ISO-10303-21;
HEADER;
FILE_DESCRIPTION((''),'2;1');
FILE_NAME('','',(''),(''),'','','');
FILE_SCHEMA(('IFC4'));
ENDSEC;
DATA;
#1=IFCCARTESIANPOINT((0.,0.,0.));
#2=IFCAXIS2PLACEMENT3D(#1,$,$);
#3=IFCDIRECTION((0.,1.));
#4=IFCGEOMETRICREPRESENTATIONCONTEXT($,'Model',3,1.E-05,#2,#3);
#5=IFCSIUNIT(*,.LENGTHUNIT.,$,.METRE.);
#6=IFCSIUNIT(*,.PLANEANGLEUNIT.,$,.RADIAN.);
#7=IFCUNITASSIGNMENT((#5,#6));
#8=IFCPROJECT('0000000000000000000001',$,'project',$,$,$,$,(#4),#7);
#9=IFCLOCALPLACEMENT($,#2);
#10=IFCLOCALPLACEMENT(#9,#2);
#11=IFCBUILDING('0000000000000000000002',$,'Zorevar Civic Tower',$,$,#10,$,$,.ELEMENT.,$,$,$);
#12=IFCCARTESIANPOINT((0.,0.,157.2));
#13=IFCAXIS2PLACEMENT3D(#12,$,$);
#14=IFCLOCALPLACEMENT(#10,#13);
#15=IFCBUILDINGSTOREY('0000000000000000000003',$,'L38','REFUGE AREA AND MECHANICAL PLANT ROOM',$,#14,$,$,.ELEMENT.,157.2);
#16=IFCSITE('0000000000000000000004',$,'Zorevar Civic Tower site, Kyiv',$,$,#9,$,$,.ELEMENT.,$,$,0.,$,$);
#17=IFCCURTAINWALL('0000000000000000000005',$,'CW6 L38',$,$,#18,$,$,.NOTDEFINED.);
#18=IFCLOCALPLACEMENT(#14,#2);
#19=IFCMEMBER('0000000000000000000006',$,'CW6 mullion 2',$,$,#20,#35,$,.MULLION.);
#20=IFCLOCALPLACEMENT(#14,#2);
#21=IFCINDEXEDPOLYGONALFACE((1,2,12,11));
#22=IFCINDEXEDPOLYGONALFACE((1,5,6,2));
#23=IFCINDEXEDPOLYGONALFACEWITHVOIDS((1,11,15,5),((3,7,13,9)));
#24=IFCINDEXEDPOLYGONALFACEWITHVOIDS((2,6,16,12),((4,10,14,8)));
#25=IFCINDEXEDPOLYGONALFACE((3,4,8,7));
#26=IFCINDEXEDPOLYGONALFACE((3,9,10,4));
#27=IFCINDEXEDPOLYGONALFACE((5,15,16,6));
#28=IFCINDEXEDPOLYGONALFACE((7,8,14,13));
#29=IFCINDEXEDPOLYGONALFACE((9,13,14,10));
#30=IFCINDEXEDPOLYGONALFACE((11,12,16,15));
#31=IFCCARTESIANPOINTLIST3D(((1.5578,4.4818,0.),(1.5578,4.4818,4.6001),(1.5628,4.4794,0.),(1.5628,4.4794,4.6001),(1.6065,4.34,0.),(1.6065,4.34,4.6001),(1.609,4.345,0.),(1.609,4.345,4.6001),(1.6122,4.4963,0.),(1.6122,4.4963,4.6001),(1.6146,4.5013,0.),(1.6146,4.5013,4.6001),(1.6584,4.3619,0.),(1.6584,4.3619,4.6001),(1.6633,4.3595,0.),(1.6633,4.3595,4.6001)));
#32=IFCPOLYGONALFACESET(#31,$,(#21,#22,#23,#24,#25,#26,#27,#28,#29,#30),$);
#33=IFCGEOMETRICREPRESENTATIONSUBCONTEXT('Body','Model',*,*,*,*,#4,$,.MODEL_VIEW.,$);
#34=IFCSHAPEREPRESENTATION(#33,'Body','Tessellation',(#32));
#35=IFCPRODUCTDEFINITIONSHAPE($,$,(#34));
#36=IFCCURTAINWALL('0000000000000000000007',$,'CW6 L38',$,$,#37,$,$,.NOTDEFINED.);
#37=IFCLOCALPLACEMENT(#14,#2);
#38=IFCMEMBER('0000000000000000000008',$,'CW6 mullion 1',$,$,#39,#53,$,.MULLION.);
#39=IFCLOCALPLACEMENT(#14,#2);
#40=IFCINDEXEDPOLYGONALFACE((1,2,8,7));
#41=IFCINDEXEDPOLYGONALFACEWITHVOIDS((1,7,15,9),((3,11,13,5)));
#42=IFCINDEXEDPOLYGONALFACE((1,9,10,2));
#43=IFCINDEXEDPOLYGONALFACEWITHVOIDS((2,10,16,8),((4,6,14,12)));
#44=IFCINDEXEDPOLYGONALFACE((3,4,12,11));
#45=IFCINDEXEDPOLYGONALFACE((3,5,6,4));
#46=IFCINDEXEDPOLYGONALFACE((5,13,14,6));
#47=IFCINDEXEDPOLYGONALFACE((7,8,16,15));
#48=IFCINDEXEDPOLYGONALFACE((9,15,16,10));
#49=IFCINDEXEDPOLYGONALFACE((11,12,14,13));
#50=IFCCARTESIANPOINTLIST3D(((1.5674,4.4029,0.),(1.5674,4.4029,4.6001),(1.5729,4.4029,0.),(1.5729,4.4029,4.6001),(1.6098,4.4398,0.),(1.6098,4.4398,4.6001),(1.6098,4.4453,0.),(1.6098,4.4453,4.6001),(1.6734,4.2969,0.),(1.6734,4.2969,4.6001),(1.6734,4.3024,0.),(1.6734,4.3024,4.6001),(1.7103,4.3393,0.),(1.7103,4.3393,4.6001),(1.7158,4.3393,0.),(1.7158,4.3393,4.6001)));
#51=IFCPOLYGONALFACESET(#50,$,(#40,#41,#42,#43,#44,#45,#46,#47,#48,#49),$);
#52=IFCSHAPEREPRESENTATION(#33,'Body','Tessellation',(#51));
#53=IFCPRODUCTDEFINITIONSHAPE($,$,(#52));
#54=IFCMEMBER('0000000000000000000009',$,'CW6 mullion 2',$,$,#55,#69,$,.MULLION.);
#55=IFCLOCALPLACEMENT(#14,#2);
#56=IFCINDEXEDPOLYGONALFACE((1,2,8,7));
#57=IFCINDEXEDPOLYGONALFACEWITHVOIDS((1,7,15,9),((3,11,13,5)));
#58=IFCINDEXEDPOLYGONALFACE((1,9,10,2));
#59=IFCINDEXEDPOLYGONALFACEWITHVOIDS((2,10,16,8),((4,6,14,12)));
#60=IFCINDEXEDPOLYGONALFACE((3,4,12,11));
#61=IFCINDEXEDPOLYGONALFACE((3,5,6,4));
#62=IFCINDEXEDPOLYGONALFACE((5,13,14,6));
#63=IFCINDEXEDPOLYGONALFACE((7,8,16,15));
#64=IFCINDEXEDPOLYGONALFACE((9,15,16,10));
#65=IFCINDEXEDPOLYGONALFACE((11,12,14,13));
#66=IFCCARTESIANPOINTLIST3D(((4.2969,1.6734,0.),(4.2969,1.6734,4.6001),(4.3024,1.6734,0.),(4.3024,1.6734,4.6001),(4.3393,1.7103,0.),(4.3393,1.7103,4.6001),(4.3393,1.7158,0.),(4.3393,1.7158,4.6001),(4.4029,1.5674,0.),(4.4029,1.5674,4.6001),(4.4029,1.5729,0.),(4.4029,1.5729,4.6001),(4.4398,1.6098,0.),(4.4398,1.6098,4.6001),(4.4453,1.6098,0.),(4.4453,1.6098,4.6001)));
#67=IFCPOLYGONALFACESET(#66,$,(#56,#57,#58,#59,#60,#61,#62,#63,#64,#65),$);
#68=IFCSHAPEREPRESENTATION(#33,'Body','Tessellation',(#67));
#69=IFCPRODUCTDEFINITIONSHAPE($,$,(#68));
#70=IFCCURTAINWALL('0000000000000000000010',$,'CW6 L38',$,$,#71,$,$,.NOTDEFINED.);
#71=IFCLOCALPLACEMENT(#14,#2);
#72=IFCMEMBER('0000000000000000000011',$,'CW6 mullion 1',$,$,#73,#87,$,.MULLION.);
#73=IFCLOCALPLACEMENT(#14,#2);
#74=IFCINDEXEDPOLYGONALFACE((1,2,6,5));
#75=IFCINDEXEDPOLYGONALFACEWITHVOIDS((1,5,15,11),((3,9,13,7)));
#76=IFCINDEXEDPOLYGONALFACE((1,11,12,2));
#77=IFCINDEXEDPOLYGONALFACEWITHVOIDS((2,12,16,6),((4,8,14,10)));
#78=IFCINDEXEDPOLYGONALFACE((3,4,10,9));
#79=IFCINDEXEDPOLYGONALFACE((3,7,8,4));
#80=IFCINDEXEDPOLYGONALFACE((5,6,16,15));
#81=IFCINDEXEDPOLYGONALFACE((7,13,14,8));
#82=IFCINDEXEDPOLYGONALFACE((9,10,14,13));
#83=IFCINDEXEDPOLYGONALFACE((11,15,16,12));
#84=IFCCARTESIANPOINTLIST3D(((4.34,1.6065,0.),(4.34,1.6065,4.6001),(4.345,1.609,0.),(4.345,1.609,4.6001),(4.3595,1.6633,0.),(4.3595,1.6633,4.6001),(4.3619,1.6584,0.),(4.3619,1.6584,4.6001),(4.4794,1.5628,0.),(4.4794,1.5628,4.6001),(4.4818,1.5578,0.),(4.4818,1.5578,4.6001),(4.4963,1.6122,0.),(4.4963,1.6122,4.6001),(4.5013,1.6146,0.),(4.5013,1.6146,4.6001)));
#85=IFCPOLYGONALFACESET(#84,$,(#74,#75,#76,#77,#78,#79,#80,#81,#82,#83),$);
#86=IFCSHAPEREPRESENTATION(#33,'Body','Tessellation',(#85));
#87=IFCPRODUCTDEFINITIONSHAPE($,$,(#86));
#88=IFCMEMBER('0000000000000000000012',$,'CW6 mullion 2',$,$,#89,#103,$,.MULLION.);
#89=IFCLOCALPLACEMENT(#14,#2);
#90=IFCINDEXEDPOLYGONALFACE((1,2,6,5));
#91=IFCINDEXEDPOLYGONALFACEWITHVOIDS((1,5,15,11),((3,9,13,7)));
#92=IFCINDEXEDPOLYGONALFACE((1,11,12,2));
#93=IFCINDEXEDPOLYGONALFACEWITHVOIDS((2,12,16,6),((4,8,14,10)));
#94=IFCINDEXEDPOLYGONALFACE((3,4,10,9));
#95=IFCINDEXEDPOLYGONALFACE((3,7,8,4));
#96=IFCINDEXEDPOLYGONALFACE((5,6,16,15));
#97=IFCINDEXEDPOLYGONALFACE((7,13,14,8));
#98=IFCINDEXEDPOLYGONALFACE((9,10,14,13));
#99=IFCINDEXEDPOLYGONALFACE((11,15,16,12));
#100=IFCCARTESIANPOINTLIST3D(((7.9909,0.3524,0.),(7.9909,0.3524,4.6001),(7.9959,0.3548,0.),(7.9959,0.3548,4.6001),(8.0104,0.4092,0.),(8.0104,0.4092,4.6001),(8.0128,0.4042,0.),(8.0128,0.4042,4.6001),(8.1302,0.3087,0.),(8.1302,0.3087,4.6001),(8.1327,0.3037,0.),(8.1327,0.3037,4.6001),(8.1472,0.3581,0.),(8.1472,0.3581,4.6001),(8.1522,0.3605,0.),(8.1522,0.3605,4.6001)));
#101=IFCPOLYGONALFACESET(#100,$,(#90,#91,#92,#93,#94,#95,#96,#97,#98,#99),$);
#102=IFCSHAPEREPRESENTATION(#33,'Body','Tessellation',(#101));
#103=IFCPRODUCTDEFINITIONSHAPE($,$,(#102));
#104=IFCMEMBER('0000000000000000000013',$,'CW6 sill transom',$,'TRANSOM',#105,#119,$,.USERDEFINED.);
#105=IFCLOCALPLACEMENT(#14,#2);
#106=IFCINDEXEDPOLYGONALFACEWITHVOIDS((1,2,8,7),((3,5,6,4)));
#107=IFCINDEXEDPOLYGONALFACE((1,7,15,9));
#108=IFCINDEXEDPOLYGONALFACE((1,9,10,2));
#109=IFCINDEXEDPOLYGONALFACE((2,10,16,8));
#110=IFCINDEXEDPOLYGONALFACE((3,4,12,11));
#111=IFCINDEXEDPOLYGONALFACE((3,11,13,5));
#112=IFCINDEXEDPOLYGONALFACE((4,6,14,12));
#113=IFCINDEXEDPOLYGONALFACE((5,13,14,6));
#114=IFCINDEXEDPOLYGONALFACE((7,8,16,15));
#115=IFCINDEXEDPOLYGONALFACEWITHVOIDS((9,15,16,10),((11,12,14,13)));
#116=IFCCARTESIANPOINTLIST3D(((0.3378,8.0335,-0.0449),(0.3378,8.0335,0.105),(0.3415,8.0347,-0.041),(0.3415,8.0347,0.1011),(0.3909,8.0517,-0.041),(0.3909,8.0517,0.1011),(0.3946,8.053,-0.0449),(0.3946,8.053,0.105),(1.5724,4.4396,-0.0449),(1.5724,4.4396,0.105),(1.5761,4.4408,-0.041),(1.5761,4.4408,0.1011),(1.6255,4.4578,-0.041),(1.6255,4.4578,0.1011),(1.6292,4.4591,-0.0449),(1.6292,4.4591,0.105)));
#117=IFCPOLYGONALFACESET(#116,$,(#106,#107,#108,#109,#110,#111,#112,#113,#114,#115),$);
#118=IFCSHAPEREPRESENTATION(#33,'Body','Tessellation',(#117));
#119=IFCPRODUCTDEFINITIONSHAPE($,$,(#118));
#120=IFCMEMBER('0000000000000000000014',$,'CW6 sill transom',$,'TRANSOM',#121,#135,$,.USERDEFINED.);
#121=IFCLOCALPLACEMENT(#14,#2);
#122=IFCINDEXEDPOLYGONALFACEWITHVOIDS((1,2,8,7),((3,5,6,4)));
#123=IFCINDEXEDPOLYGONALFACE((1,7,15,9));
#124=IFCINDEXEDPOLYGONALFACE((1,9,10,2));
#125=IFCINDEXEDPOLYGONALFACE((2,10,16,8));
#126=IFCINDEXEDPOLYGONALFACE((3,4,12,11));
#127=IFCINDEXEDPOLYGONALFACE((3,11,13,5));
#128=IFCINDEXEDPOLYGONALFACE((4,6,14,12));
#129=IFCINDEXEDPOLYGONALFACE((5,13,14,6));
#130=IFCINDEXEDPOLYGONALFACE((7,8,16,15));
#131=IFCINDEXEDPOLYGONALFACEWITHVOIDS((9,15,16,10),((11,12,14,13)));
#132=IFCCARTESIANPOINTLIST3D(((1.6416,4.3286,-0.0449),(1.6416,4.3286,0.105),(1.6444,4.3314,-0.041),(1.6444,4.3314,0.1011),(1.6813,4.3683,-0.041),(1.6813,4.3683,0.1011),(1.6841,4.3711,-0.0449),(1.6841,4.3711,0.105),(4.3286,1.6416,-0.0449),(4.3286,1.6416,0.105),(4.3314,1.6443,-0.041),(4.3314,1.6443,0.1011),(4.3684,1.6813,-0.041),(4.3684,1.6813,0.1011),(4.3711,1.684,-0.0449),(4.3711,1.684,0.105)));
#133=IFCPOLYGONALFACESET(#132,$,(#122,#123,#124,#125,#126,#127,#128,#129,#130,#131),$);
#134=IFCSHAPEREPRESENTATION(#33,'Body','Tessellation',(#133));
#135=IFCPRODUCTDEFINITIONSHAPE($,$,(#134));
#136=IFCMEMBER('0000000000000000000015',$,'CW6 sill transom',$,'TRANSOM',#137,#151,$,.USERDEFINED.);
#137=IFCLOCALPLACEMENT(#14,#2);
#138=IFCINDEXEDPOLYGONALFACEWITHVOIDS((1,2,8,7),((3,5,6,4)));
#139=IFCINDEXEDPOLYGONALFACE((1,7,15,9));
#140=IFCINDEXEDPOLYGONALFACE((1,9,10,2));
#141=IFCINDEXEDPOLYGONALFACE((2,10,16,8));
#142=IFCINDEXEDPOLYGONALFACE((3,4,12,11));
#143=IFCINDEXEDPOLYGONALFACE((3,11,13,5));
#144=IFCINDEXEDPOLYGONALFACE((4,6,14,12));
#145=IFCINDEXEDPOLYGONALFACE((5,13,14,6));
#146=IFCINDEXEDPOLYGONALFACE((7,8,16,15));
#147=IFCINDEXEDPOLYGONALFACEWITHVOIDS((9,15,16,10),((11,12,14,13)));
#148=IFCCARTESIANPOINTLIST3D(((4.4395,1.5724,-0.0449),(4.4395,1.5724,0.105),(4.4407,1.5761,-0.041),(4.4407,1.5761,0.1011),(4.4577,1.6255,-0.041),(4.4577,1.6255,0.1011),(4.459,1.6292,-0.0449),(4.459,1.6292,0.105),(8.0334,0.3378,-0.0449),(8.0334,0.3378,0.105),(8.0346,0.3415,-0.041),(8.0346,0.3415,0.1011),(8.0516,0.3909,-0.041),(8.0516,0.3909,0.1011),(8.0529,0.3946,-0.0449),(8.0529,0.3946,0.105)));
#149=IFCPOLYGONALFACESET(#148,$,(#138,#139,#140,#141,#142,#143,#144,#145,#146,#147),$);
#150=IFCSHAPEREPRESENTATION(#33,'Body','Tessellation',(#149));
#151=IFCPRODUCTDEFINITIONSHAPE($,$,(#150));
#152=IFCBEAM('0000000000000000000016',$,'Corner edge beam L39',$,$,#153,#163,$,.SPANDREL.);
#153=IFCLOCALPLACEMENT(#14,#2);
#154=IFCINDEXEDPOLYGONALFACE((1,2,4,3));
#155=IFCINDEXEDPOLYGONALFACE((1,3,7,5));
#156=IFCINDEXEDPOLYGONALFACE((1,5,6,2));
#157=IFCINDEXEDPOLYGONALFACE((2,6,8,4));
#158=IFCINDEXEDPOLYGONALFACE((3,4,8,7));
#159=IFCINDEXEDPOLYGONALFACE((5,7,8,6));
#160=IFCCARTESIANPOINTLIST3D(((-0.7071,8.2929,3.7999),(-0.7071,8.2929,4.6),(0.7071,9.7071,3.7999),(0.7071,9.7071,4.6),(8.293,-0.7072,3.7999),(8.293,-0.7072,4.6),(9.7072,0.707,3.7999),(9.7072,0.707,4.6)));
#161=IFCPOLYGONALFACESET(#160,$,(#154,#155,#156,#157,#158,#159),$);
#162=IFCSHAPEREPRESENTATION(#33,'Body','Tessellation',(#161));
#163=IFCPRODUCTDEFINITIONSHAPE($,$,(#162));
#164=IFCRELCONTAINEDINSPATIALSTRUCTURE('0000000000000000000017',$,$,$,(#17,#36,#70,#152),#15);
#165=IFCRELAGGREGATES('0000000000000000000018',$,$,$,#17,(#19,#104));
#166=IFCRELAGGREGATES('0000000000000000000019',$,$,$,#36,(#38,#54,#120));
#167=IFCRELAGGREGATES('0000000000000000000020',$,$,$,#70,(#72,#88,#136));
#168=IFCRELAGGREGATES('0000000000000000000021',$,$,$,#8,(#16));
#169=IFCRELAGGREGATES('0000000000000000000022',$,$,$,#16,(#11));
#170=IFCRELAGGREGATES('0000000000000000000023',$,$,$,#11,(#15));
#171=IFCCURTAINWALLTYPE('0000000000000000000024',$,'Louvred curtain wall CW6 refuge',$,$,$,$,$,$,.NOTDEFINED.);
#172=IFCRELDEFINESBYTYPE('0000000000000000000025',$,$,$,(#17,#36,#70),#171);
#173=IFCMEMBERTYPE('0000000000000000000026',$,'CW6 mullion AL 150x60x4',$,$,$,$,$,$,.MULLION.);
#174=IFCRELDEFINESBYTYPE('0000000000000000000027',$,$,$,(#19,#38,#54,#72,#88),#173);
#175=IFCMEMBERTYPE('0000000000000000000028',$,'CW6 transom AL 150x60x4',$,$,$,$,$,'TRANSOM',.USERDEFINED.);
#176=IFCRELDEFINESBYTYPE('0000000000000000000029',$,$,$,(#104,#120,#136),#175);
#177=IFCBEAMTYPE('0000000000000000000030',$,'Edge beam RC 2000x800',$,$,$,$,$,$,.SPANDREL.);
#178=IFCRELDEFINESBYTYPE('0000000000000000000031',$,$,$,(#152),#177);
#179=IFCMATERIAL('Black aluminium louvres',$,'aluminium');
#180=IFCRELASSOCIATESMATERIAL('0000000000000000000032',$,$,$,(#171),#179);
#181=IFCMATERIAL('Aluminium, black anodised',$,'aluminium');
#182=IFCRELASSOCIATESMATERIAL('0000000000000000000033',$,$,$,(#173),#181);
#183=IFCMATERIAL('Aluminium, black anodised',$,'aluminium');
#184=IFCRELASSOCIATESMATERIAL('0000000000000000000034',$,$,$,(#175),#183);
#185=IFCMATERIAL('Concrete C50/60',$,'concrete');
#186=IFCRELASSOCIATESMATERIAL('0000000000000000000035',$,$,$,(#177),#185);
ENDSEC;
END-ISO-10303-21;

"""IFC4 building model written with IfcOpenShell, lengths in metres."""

from ifc_helpers import new_model, si_unit, direction, frame, origin, origin_2d, place, context, subcontext, project, spatial, rectangle, hollow_rectangle, extrude, material, material_profile, profile_set, type_object, element, aggregate, save


model = new_model("IFC4")

# Units and contexts
model_context = context("Model", 3, precision=1e-05, world=origin(), true_north=direction((0.0, 1.0)))
body_context = subcontext(model_context, "Body", "Model", "MODEL_VIEW")
ifc_project = project(units=[si_unit("LENGTHUNIT", "METRE"), si_unit("PLANEANGLEUNIT", "RADIAN")], contexts=[model_context])

# Site, building, storey
site_placement = place(None, origin())
site = spatial("IfcSite", under=ifc_project, at=site_placement, Name="Zorevar Civic Tower site, Kyiv", CompositionType="ELEMENT", RefElevation=0.0)
building_placement = place(site_placement, origin())
building = spatial("IfcBuilding", under=site, at=building_placement, Name="Zorevar Civic Tower", CompositionType="ELEMENT")
storey_placement = place(building_placement, frame((0.0, 0.0, 157.2)))
storey = spatial("IfcBuildingStorey", under=building, at=storey_placement, Name="L38", Description="REFUGE AREA AND MECHANICAL PLANT ROOM", CompositionType="ELEMENT", Elevation=157.2)

# Curtain walls, members
ifc_material_1 = material(Name="Black aluminium louvres", Category="aluminium")
curtain_wall_type = type_object("IfcCurtainWallType", Name="Louvred curtain wall CW6 refuge", PredefinedType="NOTDEFINED", material=ifc_material_1)
curtain_wall_1_placement = place(storey_placement, origin())
curtain_wall_1 = element("IfcCurtainWall", 1, at=curtain_wall_1_placement, inside=storey, type_object=curtain_wall_type, Name="CW6 L38", PredefinedType="NOTDEFINED")
ifc_material_2 = material(Name="Aluminium, black anodised", Category="aluminium")
ifc_material_profile_1 = material_profile(ifc_material_2, hollow_rectangle(XDim=0.0601, YDim=0.1499, WallThickness=0.0039, at=origin_2d()), Name="AL 150x60x4")
ifc_profile_set_1 = profile_set([ifc_material_profile_1], Name="Aluminium, black anodised")
member_type_1 = type_object("IfcMemberType", Name="CW6 mullion AL 150x60x4", PredefinedType="MULLION", material=ifc_profile_set_1)
member_1_placement = place(storey_placement, frame((1.6106, 4.4207, 0.0), z_axis=(0.0, 0.0, 1.0), x_axis=(0.945756, 0.324878, 0.0)))
member_1 = element("IfcMember", 2, at=member_1_placement, type_object=member_type_1, Name="CW6 mullion 2", PredefinedType="MULLION", context=body_context, shape_type="SweptSolid", body=[
    extrude(hollow_rectangle(XDim=0.0601, YDim=0.1499, WallThickness=0.0039, at=origin_2d()), origin(), (0.0, 0.0, 1.0), 4.6001),
])
curtain_wall_2_placement = place(storey_placement, origin())
curtain_wall_2 = element("IfcCurtainWall", 3, at=curtain_wall_2_placement, inside=storey, type_object=curtain_wall_type, Name="CW6 L38", PredefinedType="NOTDEFINED")
member_2_placement = place(storey_placement, frame((1.6416, 4.3711, 0.0), z_axis=(0.0, 0.0, 1.0), x_axis=(0.707107, 0.707107, 0.0)))
member_2 = element("IfcMember", 4, at=member_2_placement, type_object=member_type_1, Name="CW6 mullion 1", PredefinedType="MULLION", context=body_context, shape_type="SweptSolid", body=[
    extrude(hollow_rectangle(XDim=0.0601, YDim=0.1499, WallThickness=0.0039, at=origin_2d()), origin(), (0.0, 0.0, 1.0), 4.6001),
])
member_3_placement = place(storey_placement, frame((4.3711, 1.6416, 0.0), z_axis=(0.0, 0.0, 1.0), x_axis=(0.707107, 0.707107, 0.0)))
member_3 = element("IfcMember", 5, at=member_3_placement, type_object=member_type_1, Name="CW6 mullion 2", PredefinedType="MULLION", context=body_context, shape_type="SweptSolid", body=[
    extrude(hollow_rectangle(XDim=0.0601, YDim=0.1499, WallThickness=0.0039, at=origin_2d()), origin(), (0.0, 0.0, 1.0), 4.6001),
])
curtain_wall_3_placement = place(storey_placement, origin())
curtain_wall_3 = element("IfcCurtainWall", 6, at=curtain_wall_3_placement, inside=storey, type_object=curtain_wall_type, Name="CW6 L38", PredefinedType="NOTDEFINED")
member_4_placement = place(storey_placement, frame((4.4207, 1.6106, 0.0), z_axis=(0.0, 0.0, 1.0), x_axis=(0.324878, 0.945756, 0.0)))
member_4 = element("IfcMember", 7, at=member_4_placement, type_object=member_type_1, Name="CW6 mullion 1", PredefinedType="MULLION", context=body_context, shape_type="SweptSolid", body=[
    extrude(hollow_rectangle(XDim=0.0601, YDim=0.1499, WallThickness=0.0039, at=origin_2d()), origin(), (0.0, 0.0, 1.0), 4.6001),
])
member_5_placement = place(storey_placement, frame((8.0715, 0.3564, 0.0), z_axis=(0.0, 0.0, 1.0), x_axis=(0.324878, 0.945756, 0.0)))
member_5 = element("IfcMember", 8, at=member_5_placement, type_object=member_type_1, Name="CW6 mullion 2", PredefinedType="MULLION", context=body_context, shape_type="SweptSolid", body=[
    extrude(hollow_rectangle(XDim=0.0601, YDim=0.1499, WallThickness=0.0039, at=origin_2d()), origin(), (0.0, 0.0, 1.0), 4.6001),
])

# Members
ifc_material_3 = material(Name="Aluminium, black anodised", Category="aluminium")
ifc_material_profile_2 = material_profile(ifc_material_3, hollow_rectangle(XDim=0.0601, YDim=0.1499, WallThickness=0.0039, at=origin_2d()), Name="AL 150x60x4")
ifc_profile_set_2 = profile_set([ifc_material_profile_2], Name="Aluminium, black anodised")
member_type_2 = type_object("IfcMemberType", Name="CW6 transom AL 150x60x4", ElementType="TRANSOM", PredefinedType="USERDEFINED", material=ifc_profile_set_2)
member_6_placement = place(storey_placement, frame((0.3662, 8.0432, 0.03), z_axis=(0.324888, -0.945753, 0.0), x_axis=(0.945753, 0.324888, 0.0)))
member_6 = element("IfcMember", 9, at=member_6_placement, type_object=member_type_2, Name="CW6 sill transom", ObjectType="TRANSOM", PredefinedType="USERDEFINED", context=body_context, shape_type="SweptSolid", body=[
    extrude(hollow_rectangle(XDim=0.0601, YDim=0.1499, WallThickness=0.0039, at=origin_2d()), origin(), (0.0, 0.0, 1.0), 3.8),
])
member_7_placement = place(storey_placement, frame((1.6628, 4.3499, 0.03), z_axis=(0.707107, -0.707107, 0.0), x_axis=(0.707107, 0.707107, 0.0)))
member_7 = element("IfcMember", 10, at=member_7_placement, type_object=member_type_2, Name="CW6 sill transom", ObjectType="TRANSOM", PredefinedType="USERDEFINED", context=body_context, shape_type="SweptSolid", body=[
    extrude(hollow_rectangle(XDim=0.0601, YDim=0.1499, WallThickness=0.0039, at=origin_2d()), origin(), (0.0, 0.0, 1.0), 3.8),
])
member_8_placement = place(storey_placement, frame((4.4492, 1.6008, 0.03), z_axis=(0.945753, -0.324888, 0.0), x_axis=(0.324888, 0.945753, 0.0)))
member_8 = element("IfcMember", 11, at=member_8_placement, type_object=member_type_2, Name="CW6 sill transom", ObjectType="TRANSOM", PredefinedType="USERDEFINED", context=body_context, shape_type="SweptSolid", body=[
    extrude(hollow_rectangle(XDim=0.0601, YDim=0.1499, WallThickness=0.0039, at=origin_2d()), origin(), (0.0, 0.0, 1.0), 3.8),
])

# Beam
ifc_material_4 = material(Name="Concrete C50/60", Category="concrete")
ifc_material_profile_3 = material_profile(ifc_material_4, rectangle(XDim=2.0, YDim=0.8, at=origin_2d()), Name="RC 2000x800")
ifc_profile_set_3 = profile_set([ifc_material_profile_3], Name="Concrete C50/60")
beam_type_1 = type_object("IfcBeamType", Name="Edge beam RC 2000x800", PredefinedType="SPANDREL", material=ifc_profile_set_3)
beam_1_placement = place(storey_placement, frame((0.0, 9.0, 4.2), z_axis=(0.707107, -0.707107, 0.0), x_axis=(0.707107, 0.707107, 0.0)))
element("IfcBeam", 12, at=beam_1_placement, inside=storey, type_object=beam_type_1, Name="Corner edge beam L39", PredefinedType="SPANDREL", context=body_context, shape_type="SweptSolid", body=[
    extrude(rectangle(XDim=2.0, YDim=0.8, at=origin_2d()), origin(), (0.0, 0.0, 1.0), 12.728),
])

aggregate(curtain_wall_1, [member_1, member_6])
aggregate(curtain_wall_2, [member_2, member_3, member_7])
aggregate(curtain_wall_3, [member_4, member_5, member_8])

save(model, "model.ifc")
